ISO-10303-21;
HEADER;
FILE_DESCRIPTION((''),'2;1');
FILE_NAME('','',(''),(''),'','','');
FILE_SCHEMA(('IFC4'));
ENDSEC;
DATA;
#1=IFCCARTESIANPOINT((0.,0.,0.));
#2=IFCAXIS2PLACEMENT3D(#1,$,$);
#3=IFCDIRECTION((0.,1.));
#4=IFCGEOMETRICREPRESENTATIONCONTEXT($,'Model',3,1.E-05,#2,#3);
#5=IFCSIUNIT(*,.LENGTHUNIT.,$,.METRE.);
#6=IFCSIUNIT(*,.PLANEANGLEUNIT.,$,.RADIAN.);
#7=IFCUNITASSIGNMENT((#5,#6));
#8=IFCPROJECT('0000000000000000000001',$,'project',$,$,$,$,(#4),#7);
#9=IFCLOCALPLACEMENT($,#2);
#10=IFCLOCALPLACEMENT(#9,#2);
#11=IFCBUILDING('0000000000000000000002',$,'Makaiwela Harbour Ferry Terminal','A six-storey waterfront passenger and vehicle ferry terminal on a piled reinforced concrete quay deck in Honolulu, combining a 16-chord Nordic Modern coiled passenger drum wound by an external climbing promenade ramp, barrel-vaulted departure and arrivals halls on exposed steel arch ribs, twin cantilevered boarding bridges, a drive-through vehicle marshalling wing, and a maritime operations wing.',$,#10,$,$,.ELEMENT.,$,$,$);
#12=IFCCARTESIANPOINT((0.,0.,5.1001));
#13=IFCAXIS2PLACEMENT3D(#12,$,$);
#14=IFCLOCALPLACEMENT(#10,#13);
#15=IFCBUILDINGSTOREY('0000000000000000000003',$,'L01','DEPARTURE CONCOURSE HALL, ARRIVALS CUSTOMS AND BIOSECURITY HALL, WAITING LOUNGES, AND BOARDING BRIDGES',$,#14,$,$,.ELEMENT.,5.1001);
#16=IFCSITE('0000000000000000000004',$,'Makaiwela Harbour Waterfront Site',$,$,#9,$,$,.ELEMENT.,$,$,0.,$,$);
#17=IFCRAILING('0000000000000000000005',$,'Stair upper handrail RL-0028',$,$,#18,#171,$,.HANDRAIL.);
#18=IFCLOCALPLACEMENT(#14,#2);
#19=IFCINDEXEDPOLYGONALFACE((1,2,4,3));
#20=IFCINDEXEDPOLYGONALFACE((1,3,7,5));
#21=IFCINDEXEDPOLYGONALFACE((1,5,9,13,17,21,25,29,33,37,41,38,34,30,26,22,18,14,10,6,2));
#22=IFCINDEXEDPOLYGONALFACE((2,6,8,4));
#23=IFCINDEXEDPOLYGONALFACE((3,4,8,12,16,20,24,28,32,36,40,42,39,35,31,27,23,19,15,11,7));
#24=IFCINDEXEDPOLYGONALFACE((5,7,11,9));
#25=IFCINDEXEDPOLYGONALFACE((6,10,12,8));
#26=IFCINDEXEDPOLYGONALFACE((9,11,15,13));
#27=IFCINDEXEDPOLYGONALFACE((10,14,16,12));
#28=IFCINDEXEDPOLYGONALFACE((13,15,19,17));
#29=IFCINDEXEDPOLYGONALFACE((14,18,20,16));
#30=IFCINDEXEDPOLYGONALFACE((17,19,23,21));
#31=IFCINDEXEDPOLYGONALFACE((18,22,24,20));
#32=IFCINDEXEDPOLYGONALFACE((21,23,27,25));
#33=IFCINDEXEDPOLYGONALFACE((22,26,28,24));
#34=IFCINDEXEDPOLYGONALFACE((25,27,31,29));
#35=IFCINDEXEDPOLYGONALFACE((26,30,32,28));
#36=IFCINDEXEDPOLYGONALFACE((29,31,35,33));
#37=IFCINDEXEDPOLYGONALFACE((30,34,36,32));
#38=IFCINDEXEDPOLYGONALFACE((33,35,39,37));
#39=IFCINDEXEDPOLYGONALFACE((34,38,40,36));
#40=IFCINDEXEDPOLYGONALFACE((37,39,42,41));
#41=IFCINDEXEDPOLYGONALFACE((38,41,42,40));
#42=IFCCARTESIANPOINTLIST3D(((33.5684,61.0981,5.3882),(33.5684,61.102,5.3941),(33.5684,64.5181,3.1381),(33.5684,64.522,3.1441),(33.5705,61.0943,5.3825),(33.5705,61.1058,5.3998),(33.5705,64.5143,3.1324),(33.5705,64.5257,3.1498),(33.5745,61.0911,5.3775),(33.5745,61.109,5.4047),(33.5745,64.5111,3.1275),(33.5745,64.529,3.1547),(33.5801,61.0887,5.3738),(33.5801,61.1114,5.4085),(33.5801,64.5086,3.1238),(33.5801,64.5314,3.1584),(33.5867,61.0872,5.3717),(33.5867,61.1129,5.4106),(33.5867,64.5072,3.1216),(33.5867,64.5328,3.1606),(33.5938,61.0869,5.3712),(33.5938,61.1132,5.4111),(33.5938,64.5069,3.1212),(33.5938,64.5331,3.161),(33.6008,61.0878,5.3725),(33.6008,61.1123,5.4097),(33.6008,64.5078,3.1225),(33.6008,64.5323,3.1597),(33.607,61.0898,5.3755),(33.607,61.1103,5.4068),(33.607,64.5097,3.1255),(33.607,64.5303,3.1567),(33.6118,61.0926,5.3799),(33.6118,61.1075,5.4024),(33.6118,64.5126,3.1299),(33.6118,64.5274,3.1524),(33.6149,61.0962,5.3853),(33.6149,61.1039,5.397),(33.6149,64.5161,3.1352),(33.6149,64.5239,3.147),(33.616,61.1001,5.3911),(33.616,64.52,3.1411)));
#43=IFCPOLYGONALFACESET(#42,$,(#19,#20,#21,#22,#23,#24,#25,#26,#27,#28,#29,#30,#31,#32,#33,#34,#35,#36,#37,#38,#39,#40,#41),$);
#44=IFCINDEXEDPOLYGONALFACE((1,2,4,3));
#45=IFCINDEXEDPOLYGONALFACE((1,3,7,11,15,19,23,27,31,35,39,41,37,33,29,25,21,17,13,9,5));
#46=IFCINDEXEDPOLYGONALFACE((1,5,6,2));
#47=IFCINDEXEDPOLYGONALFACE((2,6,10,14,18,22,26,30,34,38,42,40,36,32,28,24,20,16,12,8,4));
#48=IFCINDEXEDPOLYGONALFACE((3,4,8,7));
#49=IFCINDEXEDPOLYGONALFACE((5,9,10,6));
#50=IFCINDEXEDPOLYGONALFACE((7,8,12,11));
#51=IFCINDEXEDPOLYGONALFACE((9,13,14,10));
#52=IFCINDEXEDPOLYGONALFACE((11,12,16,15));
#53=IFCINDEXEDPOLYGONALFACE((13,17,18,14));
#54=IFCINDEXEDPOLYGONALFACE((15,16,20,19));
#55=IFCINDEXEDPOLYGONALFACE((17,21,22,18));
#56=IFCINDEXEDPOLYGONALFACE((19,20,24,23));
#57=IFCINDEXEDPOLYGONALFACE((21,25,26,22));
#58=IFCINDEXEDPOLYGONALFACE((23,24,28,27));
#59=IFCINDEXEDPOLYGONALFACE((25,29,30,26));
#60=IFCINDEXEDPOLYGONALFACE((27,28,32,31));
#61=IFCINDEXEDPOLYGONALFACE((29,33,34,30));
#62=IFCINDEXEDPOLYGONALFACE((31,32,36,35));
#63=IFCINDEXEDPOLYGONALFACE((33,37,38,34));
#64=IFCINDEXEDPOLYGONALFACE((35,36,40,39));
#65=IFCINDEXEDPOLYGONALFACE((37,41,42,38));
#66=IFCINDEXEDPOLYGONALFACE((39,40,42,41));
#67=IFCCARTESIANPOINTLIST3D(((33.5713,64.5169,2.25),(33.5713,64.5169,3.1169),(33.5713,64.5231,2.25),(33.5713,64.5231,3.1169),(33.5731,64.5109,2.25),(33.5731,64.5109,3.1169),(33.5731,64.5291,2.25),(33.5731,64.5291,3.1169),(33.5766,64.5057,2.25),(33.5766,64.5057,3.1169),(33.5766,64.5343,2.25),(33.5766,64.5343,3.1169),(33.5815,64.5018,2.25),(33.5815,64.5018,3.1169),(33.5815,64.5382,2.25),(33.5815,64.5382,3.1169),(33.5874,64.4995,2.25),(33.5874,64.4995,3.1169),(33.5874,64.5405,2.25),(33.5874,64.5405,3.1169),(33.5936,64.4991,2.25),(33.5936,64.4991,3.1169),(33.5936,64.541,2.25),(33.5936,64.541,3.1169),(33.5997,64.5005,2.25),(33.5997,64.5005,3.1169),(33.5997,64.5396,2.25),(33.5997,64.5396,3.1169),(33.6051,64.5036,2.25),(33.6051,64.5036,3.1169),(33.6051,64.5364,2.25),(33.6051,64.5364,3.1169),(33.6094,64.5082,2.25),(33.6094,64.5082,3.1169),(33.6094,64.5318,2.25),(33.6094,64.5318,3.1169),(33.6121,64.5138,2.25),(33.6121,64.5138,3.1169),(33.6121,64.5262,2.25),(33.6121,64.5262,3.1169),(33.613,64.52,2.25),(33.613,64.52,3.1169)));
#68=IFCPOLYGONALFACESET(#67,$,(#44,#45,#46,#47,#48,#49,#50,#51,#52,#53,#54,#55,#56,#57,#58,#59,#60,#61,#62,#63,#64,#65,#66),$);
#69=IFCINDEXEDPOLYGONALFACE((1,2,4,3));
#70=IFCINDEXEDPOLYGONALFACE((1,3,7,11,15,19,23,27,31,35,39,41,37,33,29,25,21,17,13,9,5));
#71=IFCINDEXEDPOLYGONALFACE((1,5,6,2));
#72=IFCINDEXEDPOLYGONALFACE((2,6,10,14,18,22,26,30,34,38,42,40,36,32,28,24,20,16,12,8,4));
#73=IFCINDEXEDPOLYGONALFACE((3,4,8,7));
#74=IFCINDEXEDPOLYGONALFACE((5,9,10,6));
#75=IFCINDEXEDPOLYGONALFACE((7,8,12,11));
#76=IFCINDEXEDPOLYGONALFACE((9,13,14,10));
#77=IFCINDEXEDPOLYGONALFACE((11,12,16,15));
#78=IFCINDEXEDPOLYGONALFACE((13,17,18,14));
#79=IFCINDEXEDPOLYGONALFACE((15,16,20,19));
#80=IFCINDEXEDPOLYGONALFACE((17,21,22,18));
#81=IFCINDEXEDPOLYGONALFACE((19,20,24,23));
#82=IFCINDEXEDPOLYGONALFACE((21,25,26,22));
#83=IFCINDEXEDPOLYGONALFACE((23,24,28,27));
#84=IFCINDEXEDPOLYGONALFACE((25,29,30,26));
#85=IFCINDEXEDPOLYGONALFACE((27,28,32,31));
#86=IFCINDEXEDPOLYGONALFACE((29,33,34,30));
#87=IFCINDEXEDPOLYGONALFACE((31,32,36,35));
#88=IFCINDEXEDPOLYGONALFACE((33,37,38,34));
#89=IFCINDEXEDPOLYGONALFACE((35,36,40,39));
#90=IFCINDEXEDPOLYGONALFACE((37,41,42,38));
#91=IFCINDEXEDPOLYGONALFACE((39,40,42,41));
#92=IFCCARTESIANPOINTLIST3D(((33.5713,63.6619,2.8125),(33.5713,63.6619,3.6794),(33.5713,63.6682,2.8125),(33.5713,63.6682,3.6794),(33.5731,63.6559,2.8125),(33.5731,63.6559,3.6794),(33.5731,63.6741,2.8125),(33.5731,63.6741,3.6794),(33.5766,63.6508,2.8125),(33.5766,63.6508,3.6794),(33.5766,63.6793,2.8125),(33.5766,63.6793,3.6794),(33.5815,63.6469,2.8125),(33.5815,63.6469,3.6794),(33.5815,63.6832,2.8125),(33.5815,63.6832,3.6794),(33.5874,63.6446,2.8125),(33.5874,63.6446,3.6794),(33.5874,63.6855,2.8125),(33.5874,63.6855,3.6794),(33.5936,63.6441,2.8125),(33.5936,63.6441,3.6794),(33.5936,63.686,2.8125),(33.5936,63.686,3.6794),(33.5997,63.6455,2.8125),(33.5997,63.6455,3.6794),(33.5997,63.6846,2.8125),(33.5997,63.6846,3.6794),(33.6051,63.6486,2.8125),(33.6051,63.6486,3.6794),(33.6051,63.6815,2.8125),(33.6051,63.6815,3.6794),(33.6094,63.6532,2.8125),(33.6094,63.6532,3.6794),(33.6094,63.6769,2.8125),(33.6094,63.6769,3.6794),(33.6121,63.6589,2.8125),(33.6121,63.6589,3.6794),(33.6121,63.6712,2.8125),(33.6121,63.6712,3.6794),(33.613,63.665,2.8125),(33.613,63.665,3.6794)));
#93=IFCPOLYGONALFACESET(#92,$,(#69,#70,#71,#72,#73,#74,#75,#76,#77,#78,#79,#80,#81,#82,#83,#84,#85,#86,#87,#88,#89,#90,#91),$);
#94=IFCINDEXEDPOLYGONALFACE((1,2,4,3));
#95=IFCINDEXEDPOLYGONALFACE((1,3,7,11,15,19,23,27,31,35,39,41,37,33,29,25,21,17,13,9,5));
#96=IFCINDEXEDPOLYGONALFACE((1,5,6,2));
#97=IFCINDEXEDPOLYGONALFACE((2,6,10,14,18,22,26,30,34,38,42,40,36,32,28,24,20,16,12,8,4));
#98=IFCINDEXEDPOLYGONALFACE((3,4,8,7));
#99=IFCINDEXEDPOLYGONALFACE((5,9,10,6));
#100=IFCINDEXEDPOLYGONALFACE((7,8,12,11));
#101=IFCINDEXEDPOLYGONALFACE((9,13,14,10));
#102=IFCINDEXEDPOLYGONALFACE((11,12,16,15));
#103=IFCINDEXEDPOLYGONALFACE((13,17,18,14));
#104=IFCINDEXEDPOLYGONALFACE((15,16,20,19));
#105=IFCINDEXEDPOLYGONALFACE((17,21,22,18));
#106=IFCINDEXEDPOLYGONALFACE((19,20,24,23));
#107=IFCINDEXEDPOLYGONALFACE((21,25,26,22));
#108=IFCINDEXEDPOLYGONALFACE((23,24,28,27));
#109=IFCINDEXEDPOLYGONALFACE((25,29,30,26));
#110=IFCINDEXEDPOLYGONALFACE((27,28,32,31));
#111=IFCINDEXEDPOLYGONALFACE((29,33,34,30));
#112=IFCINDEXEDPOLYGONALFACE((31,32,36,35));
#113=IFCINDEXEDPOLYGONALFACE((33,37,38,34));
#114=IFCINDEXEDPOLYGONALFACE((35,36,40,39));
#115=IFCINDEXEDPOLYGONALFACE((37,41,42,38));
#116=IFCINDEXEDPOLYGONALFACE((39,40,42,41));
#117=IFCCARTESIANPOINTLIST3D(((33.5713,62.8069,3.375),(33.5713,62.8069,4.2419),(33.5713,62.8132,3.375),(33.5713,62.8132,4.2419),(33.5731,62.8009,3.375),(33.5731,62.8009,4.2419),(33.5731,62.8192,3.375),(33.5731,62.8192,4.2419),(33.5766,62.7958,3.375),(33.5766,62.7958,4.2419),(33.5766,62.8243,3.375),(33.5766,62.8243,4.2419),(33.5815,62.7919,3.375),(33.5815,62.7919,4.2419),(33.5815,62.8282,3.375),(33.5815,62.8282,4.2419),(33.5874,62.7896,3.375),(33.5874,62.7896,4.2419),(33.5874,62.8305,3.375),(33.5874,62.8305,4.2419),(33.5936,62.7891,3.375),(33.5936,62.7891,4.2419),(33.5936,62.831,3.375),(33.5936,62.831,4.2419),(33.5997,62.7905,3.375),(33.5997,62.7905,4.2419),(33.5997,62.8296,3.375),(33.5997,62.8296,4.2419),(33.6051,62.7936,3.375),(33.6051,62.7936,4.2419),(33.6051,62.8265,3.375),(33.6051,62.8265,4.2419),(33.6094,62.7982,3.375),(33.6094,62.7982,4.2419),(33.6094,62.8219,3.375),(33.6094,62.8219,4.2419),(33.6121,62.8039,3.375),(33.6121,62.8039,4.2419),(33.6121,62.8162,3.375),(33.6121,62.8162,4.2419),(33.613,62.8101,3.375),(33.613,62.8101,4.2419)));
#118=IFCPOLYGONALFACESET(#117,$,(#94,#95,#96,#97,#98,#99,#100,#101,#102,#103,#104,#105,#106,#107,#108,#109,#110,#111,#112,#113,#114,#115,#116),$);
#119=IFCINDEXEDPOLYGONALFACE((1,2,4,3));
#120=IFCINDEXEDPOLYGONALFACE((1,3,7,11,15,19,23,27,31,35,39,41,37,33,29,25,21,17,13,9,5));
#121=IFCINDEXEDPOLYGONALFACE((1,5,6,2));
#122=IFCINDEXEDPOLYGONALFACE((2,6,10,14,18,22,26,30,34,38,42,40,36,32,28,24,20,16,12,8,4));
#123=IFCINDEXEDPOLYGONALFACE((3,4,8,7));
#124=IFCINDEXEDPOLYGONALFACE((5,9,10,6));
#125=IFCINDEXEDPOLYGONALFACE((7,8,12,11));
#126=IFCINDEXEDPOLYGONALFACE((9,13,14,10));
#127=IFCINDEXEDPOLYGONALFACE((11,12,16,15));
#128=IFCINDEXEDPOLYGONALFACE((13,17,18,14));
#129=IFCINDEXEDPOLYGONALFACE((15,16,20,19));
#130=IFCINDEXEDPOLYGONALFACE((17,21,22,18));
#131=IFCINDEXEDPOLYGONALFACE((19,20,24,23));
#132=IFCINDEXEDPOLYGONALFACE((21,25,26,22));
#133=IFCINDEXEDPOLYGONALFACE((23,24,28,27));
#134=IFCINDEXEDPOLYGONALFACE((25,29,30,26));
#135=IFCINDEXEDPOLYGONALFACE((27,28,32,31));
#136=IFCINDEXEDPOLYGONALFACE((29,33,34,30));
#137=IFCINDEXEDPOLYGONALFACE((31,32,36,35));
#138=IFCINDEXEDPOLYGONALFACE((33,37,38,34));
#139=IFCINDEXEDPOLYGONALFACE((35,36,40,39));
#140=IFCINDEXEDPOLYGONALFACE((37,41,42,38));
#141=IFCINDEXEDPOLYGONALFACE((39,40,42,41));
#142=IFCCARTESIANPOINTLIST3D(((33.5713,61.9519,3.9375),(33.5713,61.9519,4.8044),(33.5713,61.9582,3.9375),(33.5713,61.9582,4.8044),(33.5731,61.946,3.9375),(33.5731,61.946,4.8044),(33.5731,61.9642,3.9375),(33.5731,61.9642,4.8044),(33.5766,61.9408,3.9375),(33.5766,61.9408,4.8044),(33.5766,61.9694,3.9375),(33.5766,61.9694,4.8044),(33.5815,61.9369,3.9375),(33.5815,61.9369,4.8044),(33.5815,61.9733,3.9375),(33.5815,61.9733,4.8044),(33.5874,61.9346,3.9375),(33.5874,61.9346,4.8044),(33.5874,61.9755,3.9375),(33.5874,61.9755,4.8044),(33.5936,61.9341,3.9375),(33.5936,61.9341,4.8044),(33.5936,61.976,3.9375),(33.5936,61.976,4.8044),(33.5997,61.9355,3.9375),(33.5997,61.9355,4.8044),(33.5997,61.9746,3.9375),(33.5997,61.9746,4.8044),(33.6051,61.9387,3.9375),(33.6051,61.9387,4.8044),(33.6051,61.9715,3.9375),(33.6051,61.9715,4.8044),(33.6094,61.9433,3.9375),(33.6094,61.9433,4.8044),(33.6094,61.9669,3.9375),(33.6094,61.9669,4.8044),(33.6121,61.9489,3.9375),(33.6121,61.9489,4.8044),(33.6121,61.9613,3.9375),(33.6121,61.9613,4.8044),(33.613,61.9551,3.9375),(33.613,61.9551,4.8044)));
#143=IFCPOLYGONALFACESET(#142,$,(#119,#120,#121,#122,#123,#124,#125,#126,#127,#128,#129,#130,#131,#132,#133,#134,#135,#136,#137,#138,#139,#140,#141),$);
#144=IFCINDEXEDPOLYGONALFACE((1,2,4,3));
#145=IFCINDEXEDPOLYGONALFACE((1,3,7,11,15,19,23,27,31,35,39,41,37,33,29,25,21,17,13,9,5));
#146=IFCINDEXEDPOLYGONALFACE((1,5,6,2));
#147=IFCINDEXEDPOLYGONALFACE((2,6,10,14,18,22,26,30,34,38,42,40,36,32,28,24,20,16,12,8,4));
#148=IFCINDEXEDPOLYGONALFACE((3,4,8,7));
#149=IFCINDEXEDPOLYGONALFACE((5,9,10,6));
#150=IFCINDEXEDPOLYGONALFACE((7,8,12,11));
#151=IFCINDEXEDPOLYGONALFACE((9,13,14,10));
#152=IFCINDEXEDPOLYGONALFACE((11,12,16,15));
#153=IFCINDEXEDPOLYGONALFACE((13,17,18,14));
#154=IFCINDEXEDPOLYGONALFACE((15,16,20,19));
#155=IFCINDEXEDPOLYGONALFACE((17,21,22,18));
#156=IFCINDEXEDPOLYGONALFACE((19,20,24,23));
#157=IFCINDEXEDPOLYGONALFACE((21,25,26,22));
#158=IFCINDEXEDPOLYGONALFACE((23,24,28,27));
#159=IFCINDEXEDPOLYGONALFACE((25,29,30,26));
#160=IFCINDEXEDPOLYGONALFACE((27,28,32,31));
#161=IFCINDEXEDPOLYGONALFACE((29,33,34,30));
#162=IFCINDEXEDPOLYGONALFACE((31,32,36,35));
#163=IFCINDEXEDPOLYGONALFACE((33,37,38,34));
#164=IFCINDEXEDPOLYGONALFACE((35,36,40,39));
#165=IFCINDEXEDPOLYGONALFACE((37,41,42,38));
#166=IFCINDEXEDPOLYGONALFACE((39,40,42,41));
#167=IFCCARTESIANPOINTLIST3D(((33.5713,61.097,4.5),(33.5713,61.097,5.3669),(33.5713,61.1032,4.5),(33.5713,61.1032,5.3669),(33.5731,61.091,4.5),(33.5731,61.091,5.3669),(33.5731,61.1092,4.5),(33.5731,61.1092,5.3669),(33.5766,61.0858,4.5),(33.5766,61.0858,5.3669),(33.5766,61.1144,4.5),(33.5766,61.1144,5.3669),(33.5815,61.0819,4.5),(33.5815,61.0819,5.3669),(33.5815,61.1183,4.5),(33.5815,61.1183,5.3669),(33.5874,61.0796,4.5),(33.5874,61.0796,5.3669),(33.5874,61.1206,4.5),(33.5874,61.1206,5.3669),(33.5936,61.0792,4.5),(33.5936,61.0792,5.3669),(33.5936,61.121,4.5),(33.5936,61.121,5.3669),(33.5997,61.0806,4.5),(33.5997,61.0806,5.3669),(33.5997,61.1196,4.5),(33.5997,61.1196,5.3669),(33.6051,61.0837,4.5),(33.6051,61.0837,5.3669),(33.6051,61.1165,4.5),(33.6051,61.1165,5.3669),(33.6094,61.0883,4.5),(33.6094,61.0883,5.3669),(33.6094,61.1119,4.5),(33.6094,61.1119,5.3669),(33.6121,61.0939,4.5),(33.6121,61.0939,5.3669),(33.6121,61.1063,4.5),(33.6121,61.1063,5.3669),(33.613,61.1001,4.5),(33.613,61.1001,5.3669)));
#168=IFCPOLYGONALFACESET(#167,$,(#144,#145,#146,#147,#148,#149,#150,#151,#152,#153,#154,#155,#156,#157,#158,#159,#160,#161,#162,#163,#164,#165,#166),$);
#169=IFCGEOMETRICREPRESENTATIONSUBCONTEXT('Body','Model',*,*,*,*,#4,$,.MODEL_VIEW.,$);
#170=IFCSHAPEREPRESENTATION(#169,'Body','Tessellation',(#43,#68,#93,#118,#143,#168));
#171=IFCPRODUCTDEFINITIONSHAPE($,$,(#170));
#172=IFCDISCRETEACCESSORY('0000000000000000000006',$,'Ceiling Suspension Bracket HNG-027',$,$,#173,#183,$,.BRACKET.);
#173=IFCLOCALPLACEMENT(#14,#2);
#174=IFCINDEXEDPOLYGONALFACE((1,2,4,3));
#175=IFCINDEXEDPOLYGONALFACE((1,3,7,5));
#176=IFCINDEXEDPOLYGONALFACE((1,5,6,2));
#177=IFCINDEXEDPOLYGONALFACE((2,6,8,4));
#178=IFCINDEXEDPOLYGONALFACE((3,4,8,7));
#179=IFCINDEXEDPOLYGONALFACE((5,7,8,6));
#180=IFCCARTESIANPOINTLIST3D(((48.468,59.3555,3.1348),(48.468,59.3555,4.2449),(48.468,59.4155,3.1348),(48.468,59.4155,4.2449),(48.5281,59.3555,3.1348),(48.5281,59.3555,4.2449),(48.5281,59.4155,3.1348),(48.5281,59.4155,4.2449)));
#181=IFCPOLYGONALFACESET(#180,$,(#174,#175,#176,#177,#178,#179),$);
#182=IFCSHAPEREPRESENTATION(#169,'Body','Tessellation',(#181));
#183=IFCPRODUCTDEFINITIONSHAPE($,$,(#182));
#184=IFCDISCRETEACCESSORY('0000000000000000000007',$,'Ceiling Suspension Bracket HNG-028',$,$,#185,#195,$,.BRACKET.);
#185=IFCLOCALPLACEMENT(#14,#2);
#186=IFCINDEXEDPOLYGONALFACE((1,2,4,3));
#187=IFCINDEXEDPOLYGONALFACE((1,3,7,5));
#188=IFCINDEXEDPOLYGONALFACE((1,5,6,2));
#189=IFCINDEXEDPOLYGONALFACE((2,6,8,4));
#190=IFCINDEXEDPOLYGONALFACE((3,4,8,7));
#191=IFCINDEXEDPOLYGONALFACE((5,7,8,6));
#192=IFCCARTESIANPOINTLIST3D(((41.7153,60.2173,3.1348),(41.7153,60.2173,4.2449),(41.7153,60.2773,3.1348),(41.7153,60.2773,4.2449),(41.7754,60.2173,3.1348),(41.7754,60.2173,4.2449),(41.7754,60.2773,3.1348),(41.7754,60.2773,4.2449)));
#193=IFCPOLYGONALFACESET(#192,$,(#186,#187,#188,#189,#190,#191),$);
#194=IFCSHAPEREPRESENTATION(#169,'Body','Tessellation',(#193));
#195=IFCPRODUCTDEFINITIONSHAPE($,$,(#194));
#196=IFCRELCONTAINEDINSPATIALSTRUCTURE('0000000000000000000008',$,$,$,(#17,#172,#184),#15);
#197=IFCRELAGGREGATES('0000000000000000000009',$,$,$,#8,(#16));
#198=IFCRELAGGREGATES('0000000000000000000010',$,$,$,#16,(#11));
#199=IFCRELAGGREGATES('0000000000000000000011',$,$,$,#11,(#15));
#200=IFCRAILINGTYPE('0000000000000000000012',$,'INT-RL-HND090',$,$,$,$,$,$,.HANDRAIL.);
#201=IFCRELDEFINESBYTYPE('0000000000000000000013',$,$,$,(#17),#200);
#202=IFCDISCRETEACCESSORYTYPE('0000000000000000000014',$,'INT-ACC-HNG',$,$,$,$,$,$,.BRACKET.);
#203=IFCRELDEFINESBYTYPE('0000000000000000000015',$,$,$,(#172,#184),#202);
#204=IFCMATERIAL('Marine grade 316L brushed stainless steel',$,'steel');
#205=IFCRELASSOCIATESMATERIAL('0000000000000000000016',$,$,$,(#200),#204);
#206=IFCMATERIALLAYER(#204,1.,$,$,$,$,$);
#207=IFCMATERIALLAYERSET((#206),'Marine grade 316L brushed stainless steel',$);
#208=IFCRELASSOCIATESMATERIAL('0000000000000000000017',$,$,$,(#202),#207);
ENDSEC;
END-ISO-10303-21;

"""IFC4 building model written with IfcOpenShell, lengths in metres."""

from ifc_helpers import new_model, si_unit, direction, frame, origin, origin_2d, place, context, subcontext, project, spatial, rectangle, circle, extrude, material, layer, layer_set, type_object, element, save


model = new_model("IFC4")

# Units and contexts
model_context = context("Model", 3, precision=1e-05, world=origin(), true_north=direction((0.0, 1.0)))
body_context = subcontext(model_context, "Body", "Model", "MODEL_VIEW")
ifc_project = project(units=[si_unit("LENGTHUNIT", "METRE"), si_unit("PLANEANGLEUNIT", "RADIAN")], contexts=[model_context])

# Site, building, storey
site_placement = place(None, origin())
site = spatial("IfcSite", under=ifc_project, at=site_placement, Name="Makaiwela Harbour Waterfront Site", CompositionType="ELEMENT", RefElevation=0.0)
building_placement = place(site_placement, origin())
building = spatial("IfcBuilding", under=site, at=building_placement, Name="Makaiwela Harbour Ferry Terminal", Description="A six-storey waterfront passenger and vehicle ferry terminal on a piled reinforced concrete quay deck in Honolulu, combining a 16-chord Nordic Modern coiled passenger drum wound by an external climbing promenade ramp, barrel-vaulted departure and arrivals halls on exposed steel arch ribs, twin cantilevered boarding bridges, a drive-through vehicle marshalling wing, and a maritime operations wing.", CompositionType="ELEMENT")
storey_placement = place(building_placement, frame((0.0, 0.0, 5.1001)))
storey = spatial("IfcBuildingStorey", under=building, at=storey_placement, Name="L01", Description="DEPARTURE CONCOURSE HALL, ARRIVALS CUSTOMS AND BIOSECURITY HALL, WAITING LOUNGES, AND BOARDING BRIDGES", CompositionType="ELEMENT", Elevation=5.1001)

# Shared definitions
ifc_material_1 = material(Name="Marine grade 316L brushed stainless steel", Category="steel")

# Railing
railing_type_1 = type_object("IfcRailingType", Name="INT-RL-HND090", PredefinedType="HANDRAIL", material=ifc_material_1)
railing_1_placement = place(storey_placement, frame((33.592, 64.52, 2.25)))
element("IfcRailing", 1, at=railing_1_placement, inside=storey, type_object=railing_type_1, Name="Stair upper handrail RL-0028", PredefinedType="HANDRAIL", context=body_context, shape_type="SweptSolid", body=[
    extrude(circle(Radius=0.0239, at=origin_2d()), frame((0.0, 0.0, 0.8911), z_axis=(0.0, -0.835411, 0.549625), x_axis=(1.0, 0.0, 0.0)), (0.0, 0.0, 1.0), 4.0938),
    extrude(circle(Radius=0.021, at=origin_2d()), origin(), (0.0, 0.0, 1.0), 0.8669),
    extrude(circle(Radius=0.021, at=origin_2d()), frame((0.0, -0.855, 0.5625)), (0.0, 0.0, 1.0), 0.8669),
    extrude(circle(Radius=0.021, at=origin_2d()), frame((0.0, -1.71, 1.125)), (0.0, 0.0, 1.0), 0.8669),
    extrude(circle(Radius=0.021, at=origin_2d()), frame((0.0, -2.5649, 1.6875)), (0.0, 0.0, 1.0), 0.8669),
    extrude(circle(Radius=0.021, at=origin_2d()), frame((0.0, -3.4199, 2.25)), (0.0, 0.0, 1.0), 0.8669),
])

# Discrete accessories
ifc_layer_1 = layer(ifc_material_1, 1.0)
ifc_layer_set_1 = layer_set([ifc_layer_1], Name="Marine grade 316L brushed stainless steel")
discrete_accessory_type = type_object("IfcDiscreteAccessoryType", Name="INT-ACC-HNG", PredefinedType="BRACKET", material=ifc_layer_set_1)
for number, where, z_axis, x_axis, name in (
    (2, (48.498, 59.3855, 3.1348), (0.0, 0.0, 1.0), (1.0, 0.0, 0.0), "Ceiling Suspension Bracket HNG-027"),
    (3, (41.7454, 60.2473, 3.1348), (0.0, 0.0, 1.0), (1.0, 0.0, 0.0), "Ceiling Suspension Bracket HNG-028"),
):
    element("IfcDiscreteAccessory", number, at=place(storey_placement, frame(where, z_axis=z_axis, x_axis=x_axis)), inside=storey, type_object=discrete_accessory_type, Name=name, PredefinedType="BRACKET", context=body_context, shape_type="SweptSolid", body=[
        extrude(rectangle(XDim=0.0601, YDim=0.0601, at=origin_2d()), origin(), (0.0, 0.0, 1.0), 1.1101),
    ])

save(model, "model.ifc")
